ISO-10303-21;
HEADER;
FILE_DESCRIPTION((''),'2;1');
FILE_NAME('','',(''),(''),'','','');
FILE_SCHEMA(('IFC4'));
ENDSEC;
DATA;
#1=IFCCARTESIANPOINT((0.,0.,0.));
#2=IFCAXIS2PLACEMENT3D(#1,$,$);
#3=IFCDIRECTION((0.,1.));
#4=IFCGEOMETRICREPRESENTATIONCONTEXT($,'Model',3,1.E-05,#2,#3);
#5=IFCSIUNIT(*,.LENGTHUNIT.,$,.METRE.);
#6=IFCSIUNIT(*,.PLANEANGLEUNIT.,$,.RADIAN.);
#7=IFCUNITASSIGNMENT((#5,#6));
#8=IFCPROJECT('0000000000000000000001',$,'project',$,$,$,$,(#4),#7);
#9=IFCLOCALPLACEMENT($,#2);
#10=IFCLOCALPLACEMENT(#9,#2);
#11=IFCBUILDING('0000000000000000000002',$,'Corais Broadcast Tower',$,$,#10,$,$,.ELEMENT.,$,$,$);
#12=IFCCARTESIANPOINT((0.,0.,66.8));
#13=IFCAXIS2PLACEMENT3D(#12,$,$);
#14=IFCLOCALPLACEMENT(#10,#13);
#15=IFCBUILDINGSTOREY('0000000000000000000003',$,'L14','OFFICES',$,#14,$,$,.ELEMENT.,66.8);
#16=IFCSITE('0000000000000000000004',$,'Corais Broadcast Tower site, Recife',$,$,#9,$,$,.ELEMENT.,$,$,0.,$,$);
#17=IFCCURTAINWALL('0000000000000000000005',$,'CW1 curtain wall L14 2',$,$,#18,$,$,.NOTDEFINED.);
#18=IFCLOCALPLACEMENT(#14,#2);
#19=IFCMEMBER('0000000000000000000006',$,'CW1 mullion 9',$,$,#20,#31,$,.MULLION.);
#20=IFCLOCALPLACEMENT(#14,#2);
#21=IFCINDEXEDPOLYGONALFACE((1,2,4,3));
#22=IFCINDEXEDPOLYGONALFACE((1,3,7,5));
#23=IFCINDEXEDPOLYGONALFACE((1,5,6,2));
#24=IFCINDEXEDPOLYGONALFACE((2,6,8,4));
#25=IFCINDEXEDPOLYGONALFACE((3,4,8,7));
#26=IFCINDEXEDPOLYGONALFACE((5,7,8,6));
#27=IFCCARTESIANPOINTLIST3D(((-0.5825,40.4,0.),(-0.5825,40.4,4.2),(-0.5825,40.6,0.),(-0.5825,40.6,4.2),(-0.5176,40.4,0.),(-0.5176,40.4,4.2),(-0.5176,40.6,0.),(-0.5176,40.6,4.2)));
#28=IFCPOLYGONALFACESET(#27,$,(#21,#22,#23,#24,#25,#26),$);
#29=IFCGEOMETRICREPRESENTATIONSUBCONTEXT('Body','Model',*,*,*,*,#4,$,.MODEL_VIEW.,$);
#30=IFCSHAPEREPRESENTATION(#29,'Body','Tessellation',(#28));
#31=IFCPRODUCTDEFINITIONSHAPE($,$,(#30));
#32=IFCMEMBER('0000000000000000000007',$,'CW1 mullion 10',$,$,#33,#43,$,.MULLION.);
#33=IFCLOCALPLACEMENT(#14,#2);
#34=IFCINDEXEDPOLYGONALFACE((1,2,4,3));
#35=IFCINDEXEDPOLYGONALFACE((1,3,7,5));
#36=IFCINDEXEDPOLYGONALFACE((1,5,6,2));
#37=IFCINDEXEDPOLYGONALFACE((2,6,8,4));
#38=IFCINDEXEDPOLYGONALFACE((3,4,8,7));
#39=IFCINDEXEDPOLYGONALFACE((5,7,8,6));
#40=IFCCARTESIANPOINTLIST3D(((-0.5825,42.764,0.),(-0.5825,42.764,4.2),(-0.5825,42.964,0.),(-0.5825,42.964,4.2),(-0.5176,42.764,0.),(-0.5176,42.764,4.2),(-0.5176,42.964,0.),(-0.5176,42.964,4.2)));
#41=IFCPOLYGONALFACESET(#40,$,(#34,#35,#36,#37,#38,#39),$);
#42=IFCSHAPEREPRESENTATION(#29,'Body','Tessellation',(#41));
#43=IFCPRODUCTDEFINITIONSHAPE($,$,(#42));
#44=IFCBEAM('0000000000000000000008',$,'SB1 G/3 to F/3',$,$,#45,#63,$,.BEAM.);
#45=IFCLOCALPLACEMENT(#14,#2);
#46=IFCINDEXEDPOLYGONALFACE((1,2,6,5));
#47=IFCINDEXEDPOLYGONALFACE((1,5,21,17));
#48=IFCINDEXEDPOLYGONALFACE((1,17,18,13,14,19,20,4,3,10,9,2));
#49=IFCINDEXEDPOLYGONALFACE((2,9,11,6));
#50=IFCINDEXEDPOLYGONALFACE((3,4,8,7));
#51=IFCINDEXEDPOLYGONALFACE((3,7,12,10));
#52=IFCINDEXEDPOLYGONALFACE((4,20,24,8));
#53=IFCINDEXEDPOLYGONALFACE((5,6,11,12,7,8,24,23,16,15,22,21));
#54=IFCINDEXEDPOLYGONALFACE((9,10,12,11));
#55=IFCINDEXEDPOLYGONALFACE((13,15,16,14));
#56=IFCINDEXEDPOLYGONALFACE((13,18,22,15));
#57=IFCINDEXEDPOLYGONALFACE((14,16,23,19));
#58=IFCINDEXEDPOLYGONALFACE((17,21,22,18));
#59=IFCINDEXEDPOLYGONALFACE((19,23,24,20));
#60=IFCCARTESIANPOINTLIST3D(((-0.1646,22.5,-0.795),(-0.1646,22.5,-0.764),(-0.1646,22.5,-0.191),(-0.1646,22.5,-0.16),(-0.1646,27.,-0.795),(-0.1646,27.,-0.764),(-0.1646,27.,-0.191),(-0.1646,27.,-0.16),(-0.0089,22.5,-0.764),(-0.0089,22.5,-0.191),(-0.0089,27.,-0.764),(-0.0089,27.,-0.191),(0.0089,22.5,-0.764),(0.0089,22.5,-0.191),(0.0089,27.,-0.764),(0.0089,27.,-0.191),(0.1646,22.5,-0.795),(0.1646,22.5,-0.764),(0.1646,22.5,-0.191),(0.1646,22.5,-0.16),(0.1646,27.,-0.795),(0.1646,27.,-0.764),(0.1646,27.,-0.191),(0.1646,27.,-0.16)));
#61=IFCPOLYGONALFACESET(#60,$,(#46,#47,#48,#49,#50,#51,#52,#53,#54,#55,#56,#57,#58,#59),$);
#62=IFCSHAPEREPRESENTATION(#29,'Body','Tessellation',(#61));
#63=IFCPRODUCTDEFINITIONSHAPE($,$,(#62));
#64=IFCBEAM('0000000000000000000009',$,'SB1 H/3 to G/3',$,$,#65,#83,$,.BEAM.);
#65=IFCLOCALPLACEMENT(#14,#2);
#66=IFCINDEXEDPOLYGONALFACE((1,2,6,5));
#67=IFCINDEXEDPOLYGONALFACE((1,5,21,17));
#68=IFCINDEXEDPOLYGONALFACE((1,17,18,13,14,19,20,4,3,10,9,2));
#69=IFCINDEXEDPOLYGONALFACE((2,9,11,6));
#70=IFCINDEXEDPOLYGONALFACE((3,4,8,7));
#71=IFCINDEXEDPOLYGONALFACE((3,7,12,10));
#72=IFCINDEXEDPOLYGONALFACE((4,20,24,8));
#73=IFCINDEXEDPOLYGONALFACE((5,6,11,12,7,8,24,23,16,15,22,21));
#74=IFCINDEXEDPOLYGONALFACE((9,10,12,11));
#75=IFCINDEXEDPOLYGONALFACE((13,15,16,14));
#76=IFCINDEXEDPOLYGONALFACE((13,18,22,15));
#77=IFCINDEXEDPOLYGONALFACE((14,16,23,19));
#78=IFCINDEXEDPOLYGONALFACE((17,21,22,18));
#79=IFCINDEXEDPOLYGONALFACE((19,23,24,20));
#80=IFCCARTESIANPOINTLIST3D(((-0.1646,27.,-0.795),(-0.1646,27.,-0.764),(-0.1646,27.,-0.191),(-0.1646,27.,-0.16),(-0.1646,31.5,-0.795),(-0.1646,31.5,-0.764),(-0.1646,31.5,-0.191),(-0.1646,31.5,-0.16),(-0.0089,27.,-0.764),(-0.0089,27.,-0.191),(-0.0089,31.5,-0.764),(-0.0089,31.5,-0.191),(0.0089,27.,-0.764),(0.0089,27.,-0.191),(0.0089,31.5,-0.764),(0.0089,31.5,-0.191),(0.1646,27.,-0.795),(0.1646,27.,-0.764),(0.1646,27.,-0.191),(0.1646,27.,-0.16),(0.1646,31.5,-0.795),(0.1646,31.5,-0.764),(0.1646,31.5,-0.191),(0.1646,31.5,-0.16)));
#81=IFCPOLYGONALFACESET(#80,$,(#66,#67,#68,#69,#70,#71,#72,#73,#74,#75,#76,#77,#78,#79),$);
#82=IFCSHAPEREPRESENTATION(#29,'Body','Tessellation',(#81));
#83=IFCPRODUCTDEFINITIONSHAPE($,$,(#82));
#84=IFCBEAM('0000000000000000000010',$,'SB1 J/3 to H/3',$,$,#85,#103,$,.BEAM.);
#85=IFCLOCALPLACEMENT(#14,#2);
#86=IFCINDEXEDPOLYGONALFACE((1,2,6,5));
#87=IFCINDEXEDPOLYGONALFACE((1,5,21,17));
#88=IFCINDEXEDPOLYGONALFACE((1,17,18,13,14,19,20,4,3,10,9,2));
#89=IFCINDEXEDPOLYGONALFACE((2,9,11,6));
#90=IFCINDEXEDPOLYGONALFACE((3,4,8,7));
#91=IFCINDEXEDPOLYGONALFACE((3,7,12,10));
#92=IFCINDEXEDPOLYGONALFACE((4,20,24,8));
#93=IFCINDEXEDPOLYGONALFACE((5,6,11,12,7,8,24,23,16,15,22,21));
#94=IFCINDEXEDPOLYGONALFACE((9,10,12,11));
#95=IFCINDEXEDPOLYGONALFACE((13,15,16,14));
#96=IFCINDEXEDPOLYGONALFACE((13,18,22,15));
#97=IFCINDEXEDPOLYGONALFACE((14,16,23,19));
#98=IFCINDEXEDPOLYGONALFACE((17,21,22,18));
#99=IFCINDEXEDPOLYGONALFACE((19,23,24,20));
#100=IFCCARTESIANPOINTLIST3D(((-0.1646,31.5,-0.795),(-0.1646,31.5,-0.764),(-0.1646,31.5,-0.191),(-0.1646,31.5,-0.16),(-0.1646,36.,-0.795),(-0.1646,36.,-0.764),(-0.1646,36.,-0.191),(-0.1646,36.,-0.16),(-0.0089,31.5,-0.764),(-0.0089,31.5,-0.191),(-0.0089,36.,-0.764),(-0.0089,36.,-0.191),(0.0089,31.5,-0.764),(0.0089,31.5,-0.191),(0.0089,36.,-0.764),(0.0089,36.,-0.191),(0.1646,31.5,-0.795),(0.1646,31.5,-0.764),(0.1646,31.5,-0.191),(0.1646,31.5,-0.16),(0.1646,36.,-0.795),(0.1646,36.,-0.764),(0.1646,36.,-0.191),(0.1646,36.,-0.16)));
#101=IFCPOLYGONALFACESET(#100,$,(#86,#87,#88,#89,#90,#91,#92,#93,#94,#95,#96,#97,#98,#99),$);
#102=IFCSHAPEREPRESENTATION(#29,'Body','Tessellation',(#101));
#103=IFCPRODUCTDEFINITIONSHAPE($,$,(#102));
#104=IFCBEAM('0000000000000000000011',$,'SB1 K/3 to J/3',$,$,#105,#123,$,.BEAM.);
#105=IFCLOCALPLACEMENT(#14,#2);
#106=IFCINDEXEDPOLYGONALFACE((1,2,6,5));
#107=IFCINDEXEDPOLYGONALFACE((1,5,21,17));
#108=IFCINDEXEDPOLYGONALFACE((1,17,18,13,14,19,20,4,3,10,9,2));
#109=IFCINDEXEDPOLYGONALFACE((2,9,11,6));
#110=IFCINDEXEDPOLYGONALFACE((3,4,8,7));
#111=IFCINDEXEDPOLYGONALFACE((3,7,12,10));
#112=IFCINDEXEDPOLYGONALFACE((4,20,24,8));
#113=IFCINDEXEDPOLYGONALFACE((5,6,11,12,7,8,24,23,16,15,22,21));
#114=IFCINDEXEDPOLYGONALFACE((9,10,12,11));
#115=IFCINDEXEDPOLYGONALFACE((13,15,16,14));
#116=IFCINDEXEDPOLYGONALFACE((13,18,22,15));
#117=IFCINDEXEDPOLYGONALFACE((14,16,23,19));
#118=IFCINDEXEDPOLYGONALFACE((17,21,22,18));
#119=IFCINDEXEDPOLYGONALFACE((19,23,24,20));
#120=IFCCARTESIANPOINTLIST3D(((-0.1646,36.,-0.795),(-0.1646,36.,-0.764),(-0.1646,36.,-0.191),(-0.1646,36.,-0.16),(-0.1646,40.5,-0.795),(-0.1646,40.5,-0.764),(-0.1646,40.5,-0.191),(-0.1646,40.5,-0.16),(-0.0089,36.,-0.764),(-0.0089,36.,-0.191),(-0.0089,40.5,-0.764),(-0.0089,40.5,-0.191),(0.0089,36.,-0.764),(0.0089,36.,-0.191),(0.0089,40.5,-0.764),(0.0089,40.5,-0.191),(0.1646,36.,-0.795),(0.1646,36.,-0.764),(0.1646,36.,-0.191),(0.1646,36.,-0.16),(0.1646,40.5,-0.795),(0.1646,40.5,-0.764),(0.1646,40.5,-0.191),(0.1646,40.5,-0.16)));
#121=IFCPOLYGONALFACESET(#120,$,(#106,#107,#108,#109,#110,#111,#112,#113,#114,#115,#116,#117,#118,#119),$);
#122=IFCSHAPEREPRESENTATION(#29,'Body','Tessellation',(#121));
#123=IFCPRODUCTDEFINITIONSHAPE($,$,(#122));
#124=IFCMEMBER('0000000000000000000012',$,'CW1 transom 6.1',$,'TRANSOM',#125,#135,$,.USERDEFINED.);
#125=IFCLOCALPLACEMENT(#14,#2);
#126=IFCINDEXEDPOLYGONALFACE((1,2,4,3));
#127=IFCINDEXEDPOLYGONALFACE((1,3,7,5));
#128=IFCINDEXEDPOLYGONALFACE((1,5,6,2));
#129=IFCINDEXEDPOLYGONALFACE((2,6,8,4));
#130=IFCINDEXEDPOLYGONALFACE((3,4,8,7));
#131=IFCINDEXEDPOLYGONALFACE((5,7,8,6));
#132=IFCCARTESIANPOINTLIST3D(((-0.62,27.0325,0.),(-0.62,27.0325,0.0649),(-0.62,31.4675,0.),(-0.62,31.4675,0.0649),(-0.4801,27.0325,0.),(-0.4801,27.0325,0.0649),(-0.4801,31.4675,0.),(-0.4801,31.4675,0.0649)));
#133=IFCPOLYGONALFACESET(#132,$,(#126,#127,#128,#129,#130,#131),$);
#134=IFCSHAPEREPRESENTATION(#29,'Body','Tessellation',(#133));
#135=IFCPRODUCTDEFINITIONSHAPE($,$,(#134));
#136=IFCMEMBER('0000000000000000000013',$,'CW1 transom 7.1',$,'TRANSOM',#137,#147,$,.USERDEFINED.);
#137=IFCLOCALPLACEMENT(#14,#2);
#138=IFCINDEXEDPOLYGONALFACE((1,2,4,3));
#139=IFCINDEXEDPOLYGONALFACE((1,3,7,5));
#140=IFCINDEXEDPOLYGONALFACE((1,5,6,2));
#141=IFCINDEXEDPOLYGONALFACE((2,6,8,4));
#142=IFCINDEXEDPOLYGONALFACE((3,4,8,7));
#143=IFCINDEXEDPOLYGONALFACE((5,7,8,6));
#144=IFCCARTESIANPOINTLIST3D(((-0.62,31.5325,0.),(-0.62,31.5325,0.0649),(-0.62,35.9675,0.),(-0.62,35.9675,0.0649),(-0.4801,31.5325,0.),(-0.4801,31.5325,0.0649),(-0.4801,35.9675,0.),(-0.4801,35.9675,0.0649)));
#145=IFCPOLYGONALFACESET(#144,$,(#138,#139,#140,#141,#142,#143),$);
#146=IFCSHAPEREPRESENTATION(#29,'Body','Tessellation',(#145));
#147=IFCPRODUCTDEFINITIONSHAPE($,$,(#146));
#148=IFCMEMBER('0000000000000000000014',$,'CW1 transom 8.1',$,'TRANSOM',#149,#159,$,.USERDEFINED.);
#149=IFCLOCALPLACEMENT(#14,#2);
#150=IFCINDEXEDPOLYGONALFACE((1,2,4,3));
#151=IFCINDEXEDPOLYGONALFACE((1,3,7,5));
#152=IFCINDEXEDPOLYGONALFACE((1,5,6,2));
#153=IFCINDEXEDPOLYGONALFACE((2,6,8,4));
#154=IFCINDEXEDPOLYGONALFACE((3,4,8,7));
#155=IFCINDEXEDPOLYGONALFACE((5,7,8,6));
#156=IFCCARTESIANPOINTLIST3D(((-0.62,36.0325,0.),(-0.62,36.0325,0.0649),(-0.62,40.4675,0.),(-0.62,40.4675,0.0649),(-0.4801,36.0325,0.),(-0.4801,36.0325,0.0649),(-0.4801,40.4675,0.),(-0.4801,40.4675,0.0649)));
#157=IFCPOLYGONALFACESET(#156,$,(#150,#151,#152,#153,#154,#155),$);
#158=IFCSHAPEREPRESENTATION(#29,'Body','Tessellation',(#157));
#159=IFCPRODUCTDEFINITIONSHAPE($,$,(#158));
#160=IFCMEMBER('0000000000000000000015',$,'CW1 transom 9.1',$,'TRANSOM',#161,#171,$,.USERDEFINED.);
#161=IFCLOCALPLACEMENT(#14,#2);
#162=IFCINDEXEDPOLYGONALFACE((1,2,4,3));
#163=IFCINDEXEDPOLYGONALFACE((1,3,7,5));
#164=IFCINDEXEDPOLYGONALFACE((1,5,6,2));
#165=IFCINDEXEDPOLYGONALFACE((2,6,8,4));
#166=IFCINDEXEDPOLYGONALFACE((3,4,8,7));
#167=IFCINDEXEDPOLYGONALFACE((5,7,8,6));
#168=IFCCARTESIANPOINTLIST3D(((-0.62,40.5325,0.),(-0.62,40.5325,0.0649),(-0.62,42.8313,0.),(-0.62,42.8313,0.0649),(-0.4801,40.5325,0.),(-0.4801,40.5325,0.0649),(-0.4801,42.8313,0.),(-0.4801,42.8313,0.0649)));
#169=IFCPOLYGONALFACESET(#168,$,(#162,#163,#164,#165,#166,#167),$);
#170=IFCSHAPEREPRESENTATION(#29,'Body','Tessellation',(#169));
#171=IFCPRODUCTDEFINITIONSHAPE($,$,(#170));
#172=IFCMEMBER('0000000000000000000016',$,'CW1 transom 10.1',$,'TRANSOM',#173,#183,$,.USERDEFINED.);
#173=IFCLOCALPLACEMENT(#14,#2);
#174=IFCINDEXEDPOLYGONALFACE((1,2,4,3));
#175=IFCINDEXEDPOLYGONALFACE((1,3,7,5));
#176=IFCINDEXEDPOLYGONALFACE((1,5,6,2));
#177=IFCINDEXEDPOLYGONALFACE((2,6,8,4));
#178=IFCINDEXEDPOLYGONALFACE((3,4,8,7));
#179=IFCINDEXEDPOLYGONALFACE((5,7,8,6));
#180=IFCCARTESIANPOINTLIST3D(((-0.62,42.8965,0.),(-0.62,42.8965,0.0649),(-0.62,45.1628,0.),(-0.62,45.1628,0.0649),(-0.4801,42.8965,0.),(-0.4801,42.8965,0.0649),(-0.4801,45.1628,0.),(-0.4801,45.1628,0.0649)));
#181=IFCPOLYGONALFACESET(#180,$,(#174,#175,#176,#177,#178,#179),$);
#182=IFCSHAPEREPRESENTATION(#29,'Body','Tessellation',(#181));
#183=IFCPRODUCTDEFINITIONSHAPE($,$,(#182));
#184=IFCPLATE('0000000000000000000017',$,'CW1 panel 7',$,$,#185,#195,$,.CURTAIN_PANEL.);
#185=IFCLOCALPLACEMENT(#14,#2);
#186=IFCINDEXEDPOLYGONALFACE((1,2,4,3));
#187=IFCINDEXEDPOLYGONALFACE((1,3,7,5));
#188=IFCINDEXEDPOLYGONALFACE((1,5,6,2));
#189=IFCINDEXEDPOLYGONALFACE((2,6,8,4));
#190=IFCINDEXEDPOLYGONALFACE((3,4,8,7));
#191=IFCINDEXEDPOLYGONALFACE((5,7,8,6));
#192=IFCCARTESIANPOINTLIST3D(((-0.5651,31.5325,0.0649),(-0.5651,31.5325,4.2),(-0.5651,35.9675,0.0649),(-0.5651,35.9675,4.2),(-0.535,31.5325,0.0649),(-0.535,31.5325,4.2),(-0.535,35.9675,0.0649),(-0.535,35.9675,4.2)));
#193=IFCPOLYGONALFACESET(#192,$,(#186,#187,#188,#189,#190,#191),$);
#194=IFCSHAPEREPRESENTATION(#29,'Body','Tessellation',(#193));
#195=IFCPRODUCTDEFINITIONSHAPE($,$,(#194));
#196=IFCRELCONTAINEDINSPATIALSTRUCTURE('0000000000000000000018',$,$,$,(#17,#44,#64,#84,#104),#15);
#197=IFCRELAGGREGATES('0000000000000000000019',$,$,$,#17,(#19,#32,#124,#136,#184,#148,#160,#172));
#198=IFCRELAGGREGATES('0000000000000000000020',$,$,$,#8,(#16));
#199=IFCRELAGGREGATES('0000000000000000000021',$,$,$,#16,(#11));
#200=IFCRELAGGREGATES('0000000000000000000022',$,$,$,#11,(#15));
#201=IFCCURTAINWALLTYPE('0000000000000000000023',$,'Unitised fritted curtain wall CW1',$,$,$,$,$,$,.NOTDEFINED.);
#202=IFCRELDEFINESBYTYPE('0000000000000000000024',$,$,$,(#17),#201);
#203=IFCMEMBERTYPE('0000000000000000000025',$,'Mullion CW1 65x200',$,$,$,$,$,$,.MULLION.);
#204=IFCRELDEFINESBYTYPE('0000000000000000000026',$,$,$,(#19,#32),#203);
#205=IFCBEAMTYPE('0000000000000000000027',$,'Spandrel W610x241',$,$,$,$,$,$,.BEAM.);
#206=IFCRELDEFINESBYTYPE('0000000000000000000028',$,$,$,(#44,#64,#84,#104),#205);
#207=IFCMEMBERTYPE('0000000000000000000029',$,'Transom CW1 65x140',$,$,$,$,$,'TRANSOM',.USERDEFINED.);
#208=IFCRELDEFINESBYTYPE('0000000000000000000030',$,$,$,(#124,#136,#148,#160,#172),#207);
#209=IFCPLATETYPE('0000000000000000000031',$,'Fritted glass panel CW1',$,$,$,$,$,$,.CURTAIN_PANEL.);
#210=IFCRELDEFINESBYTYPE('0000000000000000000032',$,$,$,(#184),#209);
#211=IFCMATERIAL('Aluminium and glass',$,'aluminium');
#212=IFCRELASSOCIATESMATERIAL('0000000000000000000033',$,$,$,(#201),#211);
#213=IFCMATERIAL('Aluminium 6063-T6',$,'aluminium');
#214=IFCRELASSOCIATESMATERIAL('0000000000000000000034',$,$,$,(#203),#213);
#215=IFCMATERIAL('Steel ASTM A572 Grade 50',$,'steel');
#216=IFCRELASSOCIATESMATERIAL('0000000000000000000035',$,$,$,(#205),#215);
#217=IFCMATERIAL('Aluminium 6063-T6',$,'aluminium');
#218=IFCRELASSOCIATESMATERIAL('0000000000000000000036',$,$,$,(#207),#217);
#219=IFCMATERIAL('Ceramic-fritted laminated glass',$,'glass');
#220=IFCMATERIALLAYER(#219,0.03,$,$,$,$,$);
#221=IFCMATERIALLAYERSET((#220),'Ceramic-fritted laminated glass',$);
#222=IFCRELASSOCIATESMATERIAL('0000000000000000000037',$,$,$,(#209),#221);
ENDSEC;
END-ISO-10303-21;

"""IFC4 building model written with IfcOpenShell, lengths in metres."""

from ifc_helpers import new_model, si_unit, direction, frame, origin, origin_2d, place, context, subcontext, project, spatial, rectangle, i_section, extrude, material, layer, layer_set, material_profile, profile_set, type_object, element, aggregate, save


model = new_model("IFC4")

# Units and contexts
model_context = context("Model", 3, precision=1e-05, world=origin(), true_north=direction((0.0, 1.0)))
body_context = subcontext(model_context, "Body", "Model", "MODEL_VIEW")
ifc_project = project(units=[si_unit("LENGTHUNIT", "METRE"), si_unit("PLANEANGLEUNIT", "RADIAN")], contexts=[model_context])

# Site, building, storey
site_placement = place(None, origin())
site = spatial("IfcSite", under=ifc_project, at=site_placement, Name="Corais Broadcast Tower site, Recife", CompositionType="ELEMENT", RefElevation=0.0)
building_placement = place(site_placement, origin())
building = spatial("IfcBuilding", under=site, at=building_placement, Name="Corais Broadcast Tower", CompositionType="ELEMENT")
storey_placement = place(building_placement, frame((0.0, 0.0, 66.8)))
storey = spatial("IfcBuildingStorey", under=building, at=storey_placement, Name="L14", Description="OFFICES", CompositionType="ELEMENT", Elevation=66.8)

# Curtain wall, members
ifc_material_1 = material(Name="Aluminium and glass", Category="aluminium")
curtain_wall_type = type_object("IfcCurtainWallType", Name="Unitised fritted curtain wall CW1", PredefinedType="NOTDEFINED", material=ifc_material_1)
curtain_wall_placement = place(storey_placement, origin())
curtain_wall = element("IfcCurtainWall", 1, at=curtain_wall_placement, inside=storey, type_object=curtain_wall_type, Name="CW1 curtain wall L14 2", PredefinedType="NOTDEFINED")
ifc_material_2 = material(Name="Aluminium 6063-T6", Category="aluminium")
ifc_material_profile_1 = material_profile(ifc_material_2, rectangle(XDim=0.0649, YDim=0.2, at=origin_2d()), Name="Mullion CW1 65x200")
ifc_profile_set_1 = profile_set([ifc_material_profile_1], Name="Aluminium 6063-T6")
member_type_1 = type_object("IfcMemberType", Name="Mullion CW1 65x200", PredefinedType="MULLION", material=ifc_profile_set_1)
member_1_placement = place(storey_placement, frame((-0.55, 40.5, 0.0), z_axis=(0.0, 0.0, 1.0), x_axis=(-1.0, 0.0, 0.0)))
member_1 = element("IfcMember", 2, at=member_1_placement, type_object=member_type_1, Name="CW1 mullion 9", PredefinedType="MULLION", context=body_context, shape_type="SweptSolid", body=[
    extrude(rectangle(XDim=0.0649, YDim=0.2, at=origin_2d()), origin(), (0.0, 0.0, 1.0), 4.2),
])
member_2_placement = place(storey_placement, frame((-0.55, 42.864, 0.0), z_axis=(0.0, 0.0, 1.0), x_axis=(-1.0, 0.0, 0.0)))
member_2 = element("IfcMember", 3, at=member_2_placement, type_object=member_type_1, Name="CW1 mullion 10", PredefinedType="MULLION", context=body_context, shape_type="SweptSolid", body=[
    extrude(rectangle(XDim=0.0649, YDim=0.2, at=origin_2d()), origin(), (0.0, 0.0, 1.0), 4.2),
])

# Beams
ifc_material_3 = material(Name="Steel ASTM A572 Grade 50", Category="steel")
ifc_material_profile_2 = material_profile(ifc_material_3, i_section(OverallWidth=0.3291, OverallDepth=0.635, WebThickness=0.0178, FlangeThickness=0.031, at=origin_2d()), Name="W610x241")
ifc_profile_set_2 = profile_set([ifc_material_profile_2], Name="Steel ASTM A572 Grade 50")
beam_type_1 = type_object("IfcBeamType", Name="Spandrel W610x241", PredefinedType="BEAM", material=ifc_profile_set_2)
for number, where, z_axis, x_axis, name in (
    (4, (0.0, 27.0, -0.4775), (0.0, -1.0, 0.0), (1.0, 0.0, 0.0), "SB1 G/3 to F/3"),
    (5, (0.0, 31.5, -0.4775), (0.0, -1.0, 0.0), (1.0, 0.0, 0.0), "SB1 H/3 to G/3"),
    (6, (0.0, 36.0, -0.4775), (0.0, -1.0, 0.0), (1.0, 0.0, 0.0), "SB1 J/3 to H/3"),
    (7, (0.0, 40.5, -0.4775), (0.0, -1.0, 0.0), (1.0, 0.0, 0.0), "SB1 K/3 to J/3"),
):
    element("IfcBeam", number, at=place(storey_placement, frame(where, z_axis=z_axis, x_axis=x_axis)), inside=storey, type_object=beam_type_1, Name=name, PredefinedType="BEAM", context=body_context, shape_type="SweptSolid", body=[
        extrude(i_section(OverallWidth=0.3291, OverallDepth=0.635, WebThickness=0.0178, FlangeThickness=0.031, at=origin_2d()), origin(), (0.0, 0.0, 1.0), 4.5),
    ])

# Members
ifc_material_4 = material(Name="Aluminium 6063-T6", Category="aluminium")
ifc_material_profile_3 = material_profile(ifc_material_4, rectangle(XDim=0.1399, YDim=0.0649, at=origin_2d()), Name="Transom CW1 65x140")
ifc_profile_set_3 = profile_set([ifc_material_profile_3], Name="Aluminium 6063-T6")
member_type_2 = type_object("IfcMemberType", Name="Transom CW1 65x140", ElementType="TRANSOM", PredefinedType="USERDEFINED", material=ifc_profile_set_3)
member_3_placement = place(storey_placement, frame((-0.55, 27.0325, 0.0325), z_axis=(0.0, 1.0, 0.0), x_axis=(-1.0, 0.0, 0.0)))
member_3 = element("IfcMember", 8, at=member_3_placement, type_object=member_type_2, Name="CW1 transom 6.1", ObjectType="TRANSOM", PredefinedType="USERDEFINED", context=body_context, shape_type="SweptSolid", body=[
    extrude(rectangle(XDim=0.1399, YDim=0.0649, at=origin_2d()), origin(), (0.0, 0.0, 1.0), 4.4351),
])
member_4_placement = place(storey_placement, frame((-0.55, 31.5325, 0.0325), z_axis=(0.0, 1.0, 0.0), x_axis=(-1.0, 0.0, 0.0)))
member_4 = element("IfcMember", 9, at=member_4_placement, type_object=member_type_2, Name="CW1 transom 7.1", ObjectType="TRANSOM", PredefinedType="USERDEFINED", context=body_context, shape_type="SweptSolid", body=[
    extrude(rectangle(XDim=0.1399, YDim=0.0649, at=origin_2d()), origin(), (0.0, 0.0, 1.0), 4.4351),
])
member_5_placement = place(storey_placement, frame((-0.55, 36.0325, 0.0325), z_axis=(0.0, 1.0, 0.0), x_axis=(-1.0, 0.0, 0.0)))
member_5 = element("IfcMember", 10, at=member_5_placement, type_object=member_type_2, Name="CW1 transom 8.1", ObjectType="TRANSOM", PredefinedType="USERDEFINED", context=body_context, shape_type="SweptSolid", body=[
    extrude(rectangle(XDim=0.1399, YDim=0.0649, at=origin_2d()), origin(), (0.0, 0.0, 1.0), 4.4351),
])
member_6_placement = place(storey_placement, frame((-0.55, 40.5325, 0.0325), z_axis=(0.0, 1.0, 0.0), x_axis=(-1.0, 0.0, 0.0)))
member_6 = element("IfcMember", 11, at=member_6_placement, type_object=member_type_2, Name="CW1 transom 9.1", ObjectType="TRANSOM", PredefinedType="USERDEFINED", context=body_context, shape_type="SweptSolid", body=[
    extrude(rectangle(XDim=0.1399, YDim=0.0649, at=origin_2d()), origin(), (0.0, 0.0, 1.0), 2.2988),
])
member_7_placement = place(storey_placement, frame((-0.55, 42.8965, 0.0325), z_axis=(0.0, 1.0, 0.0), x_axis=(-1.0, 0.0, 0.0)))
member_7 = element("IfcMember", 12, at=member_7_placement, type_object=member_type_2, Name="CW1 transom 10.1", ObjectType="TRANSOM", PredefinedType="USERDEFINED", context=body_context, shape_type="SweptSolid", body=[
    extrude(rectangle(XDim=0.1399, YDim=0.0649, at=origin_2d()), origin(), (0.0, 0.0, 1.0), 2.2664),
])

# Plate
ifc_material_5 = material(Name="Ceramic-fritted laminated glass", Category="glass")
ifc_layer_1 = layer(ifc_material_5, 0.03)
ifc_layer_set_1 = layer_set([ifc_layer_1], Name="Ceramic-fritted laminated glass")
plate_type_1 = type_object("IfcPlateType", Name="Fritted glass panel CW1", PredefinedType="CURTAIN_PANEL", material=ifc_layer_set_1)
plate_1_placement = place(storey_placement, frame((-0.55, 33.75, 0.0649), z_axis=(0.0, 0.0, 1.0), x_axis=(0.0, 1.0, 0.0)))
plate_1 = element("IfcPlate", 13, at=plate_1_placement, type_object=plate_type_1, Name="CW1 panel 7", PredefinedType="CURTAIN_PANEL", context=body_context, shape_type="SweptSolid", body=[
    extrude(rectangle(XDim=4.4351, YDim=0.03, at=origin_2d()), origin(), (0.0, 0.0, 1.0), 4.135),
])
aggregate(curtain_wall, [member_1, member_2, member_3, member_4, plate_1, member_5, member_6, member_7])

save(model, "model.ifc")
